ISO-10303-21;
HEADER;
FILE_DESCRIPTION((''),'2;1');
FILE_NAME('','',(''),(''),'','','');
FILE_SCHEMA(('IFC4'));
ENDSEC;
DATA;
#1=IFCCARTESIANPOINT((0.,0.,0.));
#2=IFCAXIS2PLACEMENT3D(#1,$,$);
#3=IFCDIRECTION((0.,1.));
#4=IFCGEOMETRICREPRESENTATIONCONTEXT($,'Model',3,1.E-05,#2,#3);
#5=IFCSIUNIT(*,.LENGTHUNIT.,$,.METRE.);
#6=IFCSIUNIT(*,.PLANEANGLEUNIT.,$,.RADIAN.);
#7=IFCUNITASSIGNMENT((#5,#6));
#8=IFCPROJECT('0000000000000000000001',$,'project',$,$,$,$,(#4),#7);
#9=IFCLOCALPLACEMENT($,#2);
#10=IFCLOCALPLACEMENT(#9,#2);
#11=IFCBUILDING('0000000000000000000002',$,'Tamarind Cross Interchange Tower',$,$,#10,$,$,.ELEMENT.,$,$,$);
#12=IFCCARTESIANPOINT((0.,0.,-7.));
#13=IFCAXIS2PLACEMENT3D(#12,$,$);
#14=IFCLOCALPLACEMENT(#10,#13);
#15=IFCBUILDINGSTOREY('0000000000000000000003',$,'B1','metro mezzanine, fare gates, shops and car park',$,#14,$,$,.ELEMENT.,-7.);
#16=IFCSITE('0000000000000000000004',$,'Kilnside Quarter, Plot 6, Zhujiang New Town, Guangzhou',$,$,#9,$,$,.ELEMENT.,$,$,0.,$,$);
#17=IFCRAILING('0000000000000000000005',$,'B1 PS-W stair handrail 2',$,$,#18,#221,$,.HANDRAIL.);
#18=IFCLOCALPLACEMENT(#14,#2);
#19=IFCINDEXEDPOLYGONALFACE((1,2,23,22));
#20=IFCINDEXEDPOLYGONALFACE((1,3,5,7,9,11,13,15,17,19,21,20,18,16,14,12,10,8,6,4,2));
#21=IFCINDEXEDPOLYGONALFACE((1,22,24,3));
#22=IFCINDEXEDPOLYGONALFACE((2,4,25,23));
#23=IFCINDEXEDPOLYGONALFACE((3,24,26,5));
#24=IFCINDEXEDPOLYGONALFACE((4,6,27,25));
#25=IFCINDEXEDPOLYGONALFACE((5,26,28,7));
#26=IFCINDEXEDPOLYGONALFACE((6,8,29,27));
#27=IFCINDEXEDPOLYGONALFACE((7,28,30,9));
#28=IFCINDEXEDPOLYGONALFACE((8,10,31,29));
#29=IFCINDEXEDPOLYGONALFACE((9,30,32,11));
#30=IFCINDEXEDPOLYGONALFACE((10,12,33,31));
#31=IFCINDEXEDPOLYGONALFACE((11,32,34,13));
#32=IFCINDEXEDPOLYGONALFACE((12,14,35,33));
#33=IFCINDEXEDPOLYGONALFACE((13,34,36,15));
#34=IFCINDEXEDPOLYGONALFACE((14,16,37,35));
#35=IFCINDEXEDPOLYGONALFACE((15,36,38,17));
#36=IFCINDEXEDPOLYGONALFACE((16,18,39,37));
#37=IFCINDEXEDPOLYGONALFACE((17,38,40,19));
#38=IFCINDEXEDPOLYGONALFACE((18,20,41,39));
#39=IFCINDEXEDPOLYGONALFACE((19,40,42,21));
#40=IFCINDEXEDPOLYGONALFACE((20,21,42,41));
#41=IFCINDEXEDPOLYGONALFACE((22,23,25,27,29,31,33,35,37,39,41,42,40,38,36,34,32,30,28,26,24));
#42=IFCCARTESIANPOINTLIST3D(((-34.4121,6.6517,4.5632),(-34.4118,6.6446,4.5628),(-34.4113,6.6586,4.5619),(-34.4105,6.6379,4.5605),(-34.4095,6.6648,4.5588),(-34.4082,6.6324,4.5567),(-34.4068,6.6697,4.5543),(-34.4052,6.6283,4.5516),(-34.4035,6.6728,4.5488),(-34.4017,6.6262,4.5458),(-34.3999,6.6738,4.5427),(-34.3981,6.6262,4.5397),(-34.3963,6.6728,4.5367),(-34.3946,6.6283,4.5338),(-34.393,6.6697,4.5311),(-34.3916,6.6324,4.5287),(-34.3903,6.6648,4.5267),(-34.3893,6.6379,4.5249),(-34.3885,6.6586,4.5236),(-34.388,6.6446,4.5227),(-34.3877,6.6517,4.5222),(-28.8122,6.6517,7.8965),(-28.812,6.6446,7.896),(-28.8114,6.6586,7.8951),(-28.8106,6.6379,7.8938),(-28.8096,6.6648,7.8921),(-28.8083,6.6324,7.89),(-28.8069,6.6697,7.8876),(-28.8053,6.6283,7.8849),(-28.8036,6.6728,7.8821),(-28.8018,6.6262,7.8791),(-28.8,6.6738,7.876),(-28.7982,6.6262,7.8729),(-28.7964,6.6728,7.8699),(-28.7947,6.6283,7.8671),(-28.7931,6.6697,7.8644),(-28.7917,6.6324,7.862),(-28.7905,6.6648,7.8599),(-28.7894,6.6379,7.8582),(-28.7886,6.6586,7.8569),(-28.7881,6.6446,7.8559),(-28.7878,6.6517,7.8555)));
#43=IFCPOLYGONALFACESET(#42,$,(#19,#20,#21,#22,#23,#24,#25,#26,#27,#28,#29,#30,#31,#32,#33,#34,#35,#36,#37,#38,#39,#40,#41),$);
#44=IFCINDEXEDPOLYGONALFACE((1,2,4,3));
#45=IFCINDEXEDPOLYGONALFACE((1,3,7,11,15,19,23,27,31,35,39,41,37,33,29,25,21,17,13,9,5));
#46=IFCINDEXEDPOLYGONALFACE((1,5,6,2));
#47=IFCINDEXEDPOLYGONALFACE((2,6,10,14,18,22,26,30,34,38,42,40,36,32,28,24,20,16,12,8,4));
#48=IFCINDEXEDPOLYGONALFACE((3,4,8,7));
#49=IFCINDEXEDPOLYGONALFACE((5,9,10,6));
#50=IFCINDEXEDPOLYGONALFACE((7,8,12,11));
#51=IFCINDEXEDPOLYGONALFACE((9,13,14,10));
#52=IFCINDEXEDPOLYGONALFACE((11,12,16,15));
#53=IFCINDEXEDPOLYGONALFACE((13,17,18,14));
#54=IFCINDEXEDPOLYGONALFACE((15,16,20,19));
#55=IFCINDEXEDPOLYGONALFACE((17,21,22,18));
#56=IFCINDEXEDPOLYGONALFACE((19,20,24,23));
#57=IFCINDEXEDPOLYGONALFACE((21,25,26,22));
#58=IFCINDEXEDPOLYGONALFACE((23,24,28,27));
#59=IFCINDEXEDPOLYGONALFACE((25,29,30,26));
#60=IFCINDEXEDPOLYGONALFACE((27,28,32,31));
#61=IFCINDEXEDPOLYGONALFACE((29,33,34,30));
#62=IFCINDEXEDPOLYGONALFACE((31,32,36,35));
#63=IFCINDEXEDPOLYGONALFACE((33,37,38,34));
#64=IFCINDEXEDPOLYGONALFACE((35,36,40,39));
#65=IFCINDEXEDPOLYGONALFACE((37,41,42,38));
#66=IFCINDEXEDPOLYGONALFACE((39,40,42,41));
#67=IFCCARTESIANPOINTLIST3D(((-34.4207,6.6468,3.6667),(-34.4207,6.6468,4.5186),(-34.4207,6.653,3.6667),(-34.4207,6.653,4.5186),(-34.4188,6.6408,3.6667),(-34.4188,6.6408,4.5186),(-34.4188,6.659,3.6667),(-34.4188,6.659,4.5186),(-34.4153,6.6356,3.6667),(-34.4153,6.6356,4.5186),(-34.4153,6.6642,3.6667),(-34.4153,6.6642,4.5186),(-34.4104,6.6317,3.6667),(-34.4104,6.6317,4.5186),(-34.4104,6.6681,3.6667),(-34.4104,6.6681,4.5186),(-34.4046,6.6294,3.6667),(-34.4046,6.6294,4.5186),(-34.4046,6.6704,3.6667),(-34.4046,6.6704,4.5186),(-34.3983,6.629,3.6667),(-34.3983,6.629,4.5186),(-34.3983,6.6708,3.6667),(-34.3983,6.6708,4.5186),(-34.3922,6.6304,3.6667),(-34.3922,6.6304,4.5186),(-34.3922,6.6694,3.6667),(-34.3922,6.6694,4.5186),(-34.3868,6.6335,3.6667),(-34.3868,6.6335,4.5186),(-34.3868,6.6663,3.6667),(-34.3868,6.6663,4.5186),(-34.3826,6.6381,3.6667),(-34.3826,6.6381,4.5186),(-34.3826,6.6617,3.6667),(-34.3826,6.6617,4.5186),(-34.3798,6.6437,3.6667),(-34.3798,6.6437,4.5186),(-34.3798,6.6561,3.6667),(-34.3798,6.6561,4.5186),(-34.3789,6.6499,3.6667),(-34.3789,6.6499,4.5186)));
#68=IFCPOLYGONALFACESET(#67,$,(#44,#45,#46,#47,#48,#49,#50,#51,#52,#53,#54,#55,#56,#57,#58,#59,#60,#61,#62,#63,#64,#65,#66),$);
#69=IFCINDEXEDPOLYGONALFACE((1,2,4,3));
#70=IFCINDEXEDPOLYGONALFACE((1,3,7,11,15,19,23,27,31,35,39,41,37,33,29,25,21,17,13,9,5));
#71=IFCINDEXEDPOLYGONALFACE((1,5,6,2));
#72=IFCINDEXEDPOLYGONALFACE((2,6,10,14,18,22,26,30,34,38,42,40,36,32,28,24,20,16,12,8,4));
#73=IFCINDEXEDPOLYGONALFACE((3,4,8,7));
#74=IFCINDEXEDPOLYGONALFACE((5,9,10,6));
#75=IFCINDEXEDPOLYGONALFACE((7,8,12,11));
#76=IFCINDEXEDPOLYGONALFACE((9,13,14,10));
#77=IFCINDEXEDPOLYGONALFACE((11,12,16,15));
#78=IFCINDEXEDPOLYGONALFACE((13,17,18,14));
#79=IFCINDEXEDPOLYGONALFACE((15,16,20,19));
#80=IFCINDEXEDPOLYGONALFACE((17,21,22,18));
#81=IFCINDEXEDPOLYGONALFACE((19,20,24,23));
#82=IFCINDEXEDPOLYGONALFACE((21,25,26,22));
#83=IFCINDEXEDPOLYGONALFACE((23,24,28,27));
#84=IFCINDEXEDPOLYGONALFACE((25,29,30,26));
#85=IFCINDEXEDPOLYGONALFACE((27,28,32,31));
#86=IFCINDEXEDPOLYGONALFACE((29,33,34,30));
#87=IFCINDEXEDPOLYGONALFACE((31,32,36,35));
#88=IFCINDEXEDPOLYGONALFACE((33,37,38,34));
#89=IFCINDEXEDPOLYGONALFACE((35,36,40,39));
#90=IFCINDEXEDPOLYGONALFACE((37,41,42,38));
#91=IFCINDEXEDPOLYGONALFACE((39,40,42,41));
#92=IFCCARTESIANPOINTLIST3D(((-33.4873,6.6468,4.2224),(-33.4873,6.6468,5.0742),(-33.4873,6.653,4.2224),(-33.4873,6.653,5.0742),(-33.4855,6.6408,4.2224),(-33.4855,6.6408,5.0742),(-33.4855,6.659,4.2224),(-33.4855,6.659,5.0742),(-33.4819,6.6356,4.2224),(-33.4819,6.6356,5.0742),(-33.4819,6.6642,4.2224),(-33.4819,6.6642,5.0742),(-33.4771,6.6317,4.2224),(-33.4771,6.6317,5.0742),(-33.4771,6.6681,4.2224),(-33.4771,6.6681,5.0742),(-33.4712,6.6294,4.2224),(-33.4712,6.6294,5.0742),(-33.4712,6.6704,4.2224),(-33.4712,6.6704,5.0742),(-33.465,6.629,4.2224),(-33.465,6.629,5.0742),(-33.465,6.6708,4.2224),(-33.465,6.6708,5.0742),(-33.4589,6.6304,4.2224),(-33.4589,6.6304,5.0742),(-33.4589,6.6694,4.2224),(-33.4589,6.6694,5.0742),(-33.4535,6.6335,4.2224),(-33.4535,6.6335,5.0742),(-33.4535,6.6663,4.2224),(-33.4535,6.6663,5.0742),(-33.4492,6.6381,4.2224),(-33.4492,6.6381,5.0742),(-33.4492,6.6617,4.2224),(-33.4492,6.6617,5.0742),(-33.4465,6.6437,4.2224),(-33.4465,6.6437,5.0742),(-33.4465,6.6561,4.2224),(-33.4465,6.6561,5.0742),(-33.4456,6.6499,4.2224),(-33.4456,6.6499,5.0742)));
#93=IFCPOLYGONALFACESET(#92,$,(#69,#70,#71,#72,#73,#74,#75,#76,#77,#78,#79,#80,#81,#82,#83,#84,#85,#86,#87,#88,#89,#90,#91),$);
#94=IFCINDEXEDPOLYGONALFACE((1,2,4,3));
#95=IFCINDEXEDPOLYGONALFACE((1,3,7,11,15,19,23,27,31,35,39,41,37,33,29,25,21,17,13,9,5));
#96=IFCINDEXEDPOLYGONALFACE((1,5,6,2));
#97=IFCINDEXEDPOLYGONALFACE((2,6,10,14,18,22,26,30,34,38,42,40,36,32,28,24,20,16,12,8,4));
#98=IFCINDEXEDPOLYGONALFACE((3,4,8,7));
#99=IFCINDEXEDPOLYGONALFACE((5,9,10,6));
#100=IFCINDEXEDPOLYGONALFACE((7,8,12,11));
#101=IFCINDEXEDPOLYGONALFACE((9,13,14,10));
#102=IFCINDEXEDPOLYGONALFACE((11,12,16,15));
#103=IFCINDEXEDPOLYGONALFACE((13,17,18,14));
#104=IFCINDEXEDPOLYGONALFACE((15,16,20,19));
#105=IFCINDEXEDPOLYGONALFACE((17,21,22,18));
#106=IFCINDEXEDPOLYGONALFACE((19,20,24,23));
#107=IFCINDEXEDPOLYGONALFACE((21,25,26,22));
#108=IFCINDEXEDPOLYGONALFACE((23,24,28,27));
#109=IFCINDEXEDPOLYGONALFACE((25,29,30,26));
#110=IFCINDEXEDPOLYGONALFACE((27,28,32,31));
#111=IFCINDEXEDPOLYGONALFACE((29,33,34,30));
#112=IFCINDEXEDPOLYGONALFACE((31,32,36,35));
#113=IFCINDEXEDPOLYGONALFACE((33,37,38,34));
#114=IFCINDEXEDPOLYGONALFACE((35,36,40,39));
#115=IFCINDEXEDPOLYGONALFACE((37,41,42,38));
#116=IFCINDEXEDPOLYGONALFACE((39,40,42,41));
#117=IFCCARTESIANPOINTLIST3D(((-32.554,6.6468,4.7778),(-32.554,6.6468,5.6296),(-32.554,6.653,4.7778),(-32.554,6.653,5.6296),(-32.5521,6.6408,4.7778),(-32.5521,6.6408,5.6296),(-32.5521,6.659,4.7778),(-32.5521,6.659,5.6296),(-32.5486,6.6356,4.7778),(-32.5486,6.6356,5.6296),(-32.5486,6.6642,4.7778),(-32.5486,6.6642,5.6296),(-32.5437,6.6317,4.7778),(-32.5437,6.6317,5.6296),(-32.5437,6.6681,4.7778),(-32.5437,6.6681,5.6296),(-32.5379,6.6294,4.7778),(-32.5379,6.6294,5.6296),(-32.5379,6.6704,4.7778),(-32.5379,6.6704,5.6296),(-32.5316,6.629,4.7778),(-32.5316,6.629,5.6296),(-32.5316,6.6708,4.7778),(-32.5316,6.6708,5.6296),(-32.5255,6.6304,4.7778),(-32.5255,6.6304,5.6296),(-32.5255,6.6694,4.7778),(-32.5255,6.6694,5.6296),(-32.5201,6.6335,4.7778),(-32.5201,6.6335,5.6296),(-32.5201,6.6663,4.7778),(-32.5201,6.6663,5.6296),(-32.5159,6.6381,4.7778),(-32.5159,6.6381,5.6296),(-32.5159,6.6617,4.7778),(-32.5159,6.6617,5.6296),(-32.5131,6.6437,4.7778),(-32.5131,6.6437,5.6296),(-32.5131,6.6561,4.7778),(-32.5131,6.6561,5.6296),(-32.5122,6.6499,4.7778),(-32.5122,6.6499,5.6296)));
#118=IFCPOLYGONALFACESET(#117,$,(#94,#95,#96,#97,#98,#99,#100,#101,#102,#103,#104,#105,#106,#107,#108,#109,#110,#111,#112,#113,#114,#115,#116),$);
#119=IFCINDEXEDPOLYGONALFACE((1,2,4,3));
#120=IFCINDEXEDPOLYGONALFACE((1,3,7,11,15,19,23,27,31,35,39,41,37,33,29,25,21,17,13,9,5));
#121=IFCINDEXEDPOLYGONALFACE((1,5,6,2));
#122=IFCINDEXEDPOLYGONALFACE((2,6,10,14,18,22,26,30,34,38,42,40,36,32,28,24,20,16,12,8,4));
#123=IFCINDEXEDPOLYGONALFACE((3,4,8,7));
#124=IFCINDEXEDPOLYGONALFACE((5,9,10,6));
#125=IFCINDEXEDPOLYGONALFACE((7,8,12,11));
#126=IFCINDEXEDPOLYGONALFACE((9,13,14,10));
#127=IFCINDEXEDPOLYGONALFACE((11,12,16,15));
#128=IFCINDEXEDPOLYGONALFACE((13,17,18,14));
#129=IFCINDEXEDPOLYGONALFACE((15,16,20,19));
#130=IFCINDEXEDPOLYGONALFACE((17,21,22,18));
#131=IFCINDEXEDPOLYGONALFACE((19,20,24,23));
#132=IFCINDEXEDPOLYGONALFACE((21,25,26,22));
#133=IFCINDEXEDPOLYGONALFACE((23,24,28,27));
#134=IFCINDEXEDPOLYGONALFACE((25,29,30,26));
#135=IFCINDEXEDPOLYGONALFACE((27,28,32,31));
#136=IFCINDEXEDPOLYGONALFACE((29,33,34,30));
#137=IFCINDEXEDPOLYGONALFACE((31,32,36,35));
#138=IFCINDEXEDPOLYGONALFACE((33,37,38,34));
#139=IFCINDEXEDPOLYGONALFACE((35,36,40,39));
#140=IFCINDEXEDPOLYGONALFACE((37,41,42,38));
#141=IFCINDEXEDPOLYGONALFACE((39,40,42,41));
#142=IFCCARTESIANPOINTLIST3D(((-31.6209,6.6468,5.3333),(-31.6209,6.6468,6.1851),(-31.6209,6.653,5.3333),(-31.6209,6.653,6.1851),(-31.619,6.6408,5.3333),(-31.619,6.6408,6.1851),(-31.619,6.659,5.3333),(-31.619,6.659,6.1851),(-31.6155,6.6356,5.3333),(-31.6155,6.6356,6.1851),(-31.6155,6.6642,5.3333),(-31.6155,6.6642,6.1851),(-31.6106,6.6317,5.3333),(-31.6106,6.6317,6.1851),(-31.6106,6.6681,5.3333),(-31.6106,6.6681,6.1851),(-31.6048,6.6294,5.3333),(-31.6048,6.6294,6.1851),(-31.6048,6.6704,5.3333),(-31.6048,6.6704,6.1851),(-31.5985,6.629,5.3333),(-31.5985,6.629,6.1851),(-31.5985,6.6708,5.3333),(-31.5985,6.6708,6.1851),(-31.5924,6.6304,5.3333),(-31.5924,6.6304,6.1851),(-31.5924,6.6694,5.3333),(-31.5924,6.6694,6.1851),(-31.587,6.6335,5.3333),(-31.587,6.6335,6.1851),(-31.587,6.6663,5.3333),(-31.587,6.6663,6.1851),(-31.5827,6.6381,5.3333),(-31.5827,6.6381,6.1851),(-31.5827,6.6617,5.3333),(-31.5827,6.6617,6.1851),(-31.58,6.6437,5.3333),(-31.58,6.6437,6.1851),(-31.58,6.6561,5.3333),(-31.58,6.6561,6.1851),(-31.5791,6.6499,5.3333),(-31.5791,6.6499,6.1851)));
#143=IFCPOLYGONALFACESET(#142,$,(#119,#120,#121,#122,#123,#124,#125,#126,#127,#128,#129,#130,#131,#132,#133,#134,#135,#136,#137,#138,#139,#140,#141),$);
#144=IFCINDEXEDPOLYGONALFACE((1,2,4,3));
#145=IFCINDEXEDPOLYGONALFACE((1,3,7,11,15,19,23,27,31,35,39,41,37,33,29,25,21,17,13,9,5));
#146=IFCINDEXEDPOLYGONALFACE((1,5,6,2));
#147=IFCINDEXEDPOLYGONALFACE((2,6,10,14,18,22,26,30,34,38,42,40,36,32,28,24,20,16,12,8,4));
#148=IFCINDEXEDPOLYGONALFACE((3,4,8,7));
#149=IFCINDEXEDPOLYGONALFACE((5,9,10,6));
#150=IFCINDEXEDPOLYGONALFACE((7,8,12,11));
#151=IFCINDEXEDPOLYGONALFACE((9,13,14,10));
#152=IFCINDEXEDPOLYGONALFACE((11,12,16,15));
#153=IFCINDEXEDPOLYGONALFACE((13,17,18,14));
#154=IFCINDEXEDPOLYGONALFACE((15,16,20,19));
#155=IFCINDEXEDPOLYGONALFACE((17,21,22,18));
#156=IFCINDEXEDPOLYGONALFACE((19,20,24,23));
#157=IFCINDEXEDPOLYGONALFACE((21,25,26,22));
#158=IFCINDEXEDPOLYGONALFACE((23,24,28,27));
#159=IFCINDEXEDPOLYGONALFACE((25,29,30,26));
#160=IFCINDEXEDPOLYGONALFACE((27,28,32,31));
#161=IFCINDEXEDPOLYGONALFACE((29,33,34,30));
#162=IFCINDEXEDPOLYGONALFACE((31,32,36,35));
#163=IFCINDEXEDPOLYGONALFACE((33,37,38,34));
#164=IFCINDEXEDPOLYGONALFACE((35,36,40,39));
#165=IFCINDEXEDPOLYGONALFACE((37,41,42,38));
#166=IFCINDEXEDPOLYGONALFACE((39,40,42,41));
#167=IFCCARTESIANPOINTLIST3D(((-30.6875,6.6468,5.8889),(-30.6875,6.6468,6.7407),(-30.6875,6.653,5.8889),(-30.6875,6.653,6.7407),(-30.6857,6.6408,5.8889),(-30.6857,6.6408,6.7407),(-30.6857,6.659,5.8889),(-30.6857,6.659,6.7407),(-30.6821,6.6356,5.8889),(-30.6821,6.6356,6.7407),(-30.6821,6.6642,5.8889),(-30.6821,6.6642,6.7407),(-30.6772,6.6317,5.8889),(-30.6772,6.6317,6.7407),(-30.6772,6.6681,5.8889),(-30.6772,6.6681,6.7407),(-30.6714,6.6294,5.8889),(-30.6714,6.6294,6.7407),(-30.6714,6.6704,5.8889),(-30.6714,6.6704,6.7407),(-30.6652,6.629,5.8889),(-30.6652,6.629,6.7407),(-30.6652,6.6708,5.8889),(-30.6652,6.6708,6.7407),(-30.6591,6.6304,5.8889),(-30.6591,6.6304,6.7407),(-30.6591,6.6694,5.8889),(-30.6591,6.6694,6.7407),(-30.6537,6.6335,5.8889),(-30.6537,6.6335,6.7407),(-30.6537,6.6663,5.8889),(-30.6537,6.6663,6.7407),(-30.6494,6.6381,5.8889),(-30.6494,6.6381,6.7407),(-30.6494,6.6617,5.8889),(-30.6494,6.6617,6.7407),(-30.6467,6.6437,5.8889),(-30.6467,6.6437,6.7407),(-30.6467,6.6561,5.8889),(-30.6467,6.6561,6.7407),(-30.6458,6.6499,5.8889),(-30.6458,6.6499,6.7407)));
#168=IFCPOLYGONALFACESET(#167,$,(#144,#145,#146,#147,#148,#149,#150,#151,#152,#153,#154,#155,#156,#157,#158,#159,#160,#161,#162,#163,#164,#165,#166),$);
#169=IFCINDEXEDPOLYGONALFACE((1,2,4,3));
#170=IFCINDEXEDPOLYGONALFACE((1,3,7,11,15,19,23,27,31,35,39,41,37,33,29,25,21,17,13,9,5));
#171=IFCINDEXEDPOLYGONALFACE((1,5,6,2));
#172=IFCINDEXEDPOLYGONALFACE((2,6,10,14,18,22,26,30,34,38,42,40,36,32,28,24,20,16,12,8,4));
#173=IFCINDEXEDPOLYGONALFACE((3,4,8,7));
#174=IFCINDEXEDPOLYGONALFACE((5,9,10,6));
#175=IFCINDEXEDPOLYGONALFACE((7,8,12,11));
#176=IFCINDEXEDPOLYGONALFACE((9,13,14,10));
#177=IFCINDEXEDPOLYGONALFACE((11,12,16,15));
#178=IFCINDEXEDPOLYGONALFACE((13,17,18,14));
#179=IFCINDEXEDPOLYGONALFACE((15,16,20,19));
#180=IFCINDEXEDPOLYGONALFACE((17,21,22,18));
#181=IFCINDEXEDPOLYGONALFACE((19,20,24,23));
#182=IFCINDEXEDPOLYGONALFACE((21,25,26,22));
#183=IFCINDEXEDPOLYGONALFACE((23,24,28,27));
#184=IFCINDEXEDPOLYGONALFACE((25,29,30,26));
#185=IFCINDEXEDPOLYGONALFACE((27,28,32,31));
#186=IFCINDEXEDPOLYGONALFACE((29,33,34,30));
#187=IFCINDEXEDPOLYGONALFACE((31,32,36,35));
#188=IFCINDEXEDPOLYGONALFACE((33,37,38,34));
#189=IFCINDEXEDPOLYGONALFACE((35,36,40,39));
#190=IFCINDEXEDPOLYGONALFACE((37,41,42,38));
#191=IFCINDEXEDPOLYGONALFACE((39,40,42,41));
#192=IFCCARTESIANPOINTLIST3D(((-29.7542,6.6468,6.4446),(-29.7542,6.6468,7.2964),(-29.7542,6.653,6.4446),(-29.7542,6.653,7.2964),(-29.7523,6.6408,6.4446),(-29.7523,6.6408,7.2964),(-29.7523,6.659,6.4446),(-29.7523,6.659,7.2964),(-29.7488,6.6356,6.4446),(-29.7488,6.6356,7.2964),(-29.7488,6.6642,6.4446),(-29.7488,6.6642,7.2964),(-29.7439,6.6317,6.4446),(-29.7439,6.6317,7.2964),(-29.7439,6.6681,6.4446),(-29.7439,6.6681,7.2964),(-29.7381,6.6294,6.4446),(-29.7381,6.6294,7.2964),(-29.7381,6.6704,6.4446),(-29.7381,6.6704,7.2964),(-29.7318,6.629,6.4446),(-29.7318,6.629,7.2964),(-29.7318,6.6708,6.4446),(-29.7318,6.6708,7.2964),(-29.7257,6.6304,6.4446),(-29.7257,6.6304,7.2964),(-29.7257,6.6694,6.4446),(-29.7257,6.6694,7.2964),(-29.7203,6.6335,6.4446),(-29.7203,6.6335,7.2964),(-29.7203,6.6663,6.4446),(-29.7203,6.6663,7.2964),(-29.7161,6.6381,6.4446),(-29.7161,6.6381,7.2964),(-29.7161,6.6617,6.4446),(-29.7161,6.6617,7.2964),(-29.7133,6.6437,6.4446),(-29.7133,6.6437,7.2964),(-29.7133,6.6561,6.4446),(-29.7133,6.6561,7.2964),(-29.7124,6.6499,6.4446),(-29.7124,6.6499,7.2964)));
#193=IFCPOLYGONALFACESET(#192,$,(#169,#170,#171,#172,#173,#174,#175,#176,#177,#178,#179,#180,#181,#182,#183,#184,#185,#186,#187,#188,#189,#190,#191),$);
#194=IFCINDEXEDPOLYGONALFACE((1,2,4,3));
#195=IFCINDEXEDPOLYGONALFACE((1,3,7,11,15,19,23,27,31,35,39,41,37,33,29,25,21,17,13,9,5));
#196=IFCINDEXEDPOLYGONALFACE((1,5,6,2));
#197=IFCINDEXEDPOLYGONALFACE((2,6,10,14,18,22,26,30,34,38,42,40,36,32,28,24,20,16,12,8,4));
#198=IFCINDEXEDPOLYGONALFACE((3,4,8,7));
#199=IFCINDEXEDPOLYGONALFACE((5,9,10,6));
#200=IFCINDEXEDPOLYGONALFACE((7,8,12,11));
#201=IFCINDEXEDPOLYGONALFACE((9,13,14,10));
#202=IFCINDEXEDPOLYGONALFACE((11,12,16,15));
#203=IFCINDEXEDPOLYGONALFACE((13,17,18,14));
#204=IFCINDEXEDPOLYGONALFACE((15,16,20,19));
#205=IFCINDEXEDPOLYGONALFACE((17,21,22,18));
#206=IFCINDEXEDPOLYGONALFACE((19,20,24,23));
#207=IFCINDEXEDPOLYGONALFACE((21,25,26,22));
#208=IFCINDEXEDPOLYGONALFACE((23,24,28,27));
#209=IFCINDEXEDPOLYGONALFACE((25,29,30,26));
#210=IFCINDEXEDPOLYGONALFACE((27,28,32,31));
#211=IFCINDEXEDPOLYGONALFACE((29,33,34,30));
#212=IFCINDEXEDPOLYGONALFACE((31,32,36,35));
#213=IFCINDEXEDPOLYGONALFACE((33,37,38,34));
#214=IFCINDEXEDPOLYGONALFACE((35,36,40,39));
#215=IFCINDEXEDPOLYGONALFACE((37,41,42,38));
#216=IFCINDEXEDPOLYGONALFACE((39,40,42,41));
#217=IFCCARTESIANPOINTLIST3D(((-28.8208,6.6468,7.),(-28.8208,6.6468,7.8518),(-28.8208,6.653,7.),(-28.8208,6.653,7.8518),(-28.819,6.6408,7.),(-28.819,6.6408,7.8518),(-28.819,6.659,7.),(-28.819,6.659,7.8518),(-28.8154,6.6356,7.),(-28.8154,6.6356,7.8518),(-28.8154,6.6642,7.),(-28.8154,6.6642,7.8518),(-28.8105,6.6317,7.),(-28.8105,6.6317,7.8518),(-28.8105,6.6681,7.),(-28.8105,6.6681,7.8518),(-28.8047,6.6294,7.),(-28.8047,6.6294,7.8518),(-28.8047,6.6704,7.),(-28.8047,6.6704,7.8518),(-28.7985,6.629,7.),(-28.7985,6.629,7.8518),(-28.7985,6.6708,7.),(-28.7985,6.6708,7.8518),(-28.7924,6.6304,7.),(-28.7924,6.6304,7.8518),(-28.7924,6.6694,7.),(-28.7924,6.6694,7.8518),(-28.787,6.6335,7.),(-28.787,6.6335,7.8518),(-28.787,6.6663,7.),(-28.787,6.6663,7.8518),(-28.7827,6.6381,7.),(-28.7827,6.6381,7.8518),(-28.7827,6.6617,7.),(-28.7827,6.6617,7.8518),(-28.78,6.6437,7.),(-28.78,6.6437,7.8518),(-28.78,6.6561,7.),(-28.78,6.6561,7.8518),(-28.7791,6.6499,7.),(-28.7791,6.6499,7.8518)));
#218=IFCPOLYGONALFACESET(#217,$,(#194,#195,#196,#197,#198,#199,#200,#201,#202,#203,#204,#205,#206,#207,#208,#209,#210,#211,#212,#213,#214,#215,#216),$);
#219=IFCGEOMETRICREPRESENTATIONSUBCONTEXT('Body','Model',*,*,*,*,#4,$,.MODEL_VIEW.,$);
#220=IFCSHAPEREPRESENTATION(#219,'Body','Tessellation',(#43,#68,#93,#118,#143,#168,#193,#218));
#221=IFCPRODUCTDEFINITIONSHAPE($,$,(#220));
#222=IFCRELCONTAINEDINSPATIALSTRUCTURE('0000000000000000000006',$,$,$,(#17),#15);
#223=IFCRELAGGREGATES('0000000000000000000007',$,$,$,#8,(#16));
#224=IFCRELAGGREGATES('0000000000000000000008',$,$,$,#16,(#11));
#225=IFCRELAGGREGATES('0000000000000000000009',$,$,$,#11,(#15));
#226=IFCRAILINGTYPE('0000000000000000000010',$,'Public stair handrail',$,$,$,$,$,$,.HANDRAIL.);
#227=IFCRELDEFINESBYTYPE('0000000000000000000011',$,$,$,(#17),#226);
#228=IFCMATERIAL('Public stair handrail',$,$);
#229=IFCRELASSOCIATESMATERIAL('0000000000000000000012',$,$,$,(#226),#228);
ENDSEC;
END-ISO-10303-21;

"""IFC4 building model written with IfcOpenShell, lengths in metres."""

from ifc_helpers import new_model, si_unit, direction, frame, origin, origin_2d, place, context, subcontext, project, spatial, circle, extrude, material, type_object, element, save


model = new_model("IFC4")

# Units and contexts
model_context = context("Model", 3, precision=1e-05, world=origin(), true_north=direction((0.0, 1.0)))
body_context = subcontext(model_context, "Body", "Model", "MODEL_VIEW")
ifc_project = project(units=[si_unit("LENGTHUNIT", "METRE"), si_unit("PLANEANGLEUNIT", "RADIAN")], contexts=[model_context])

# Site, building, storey
site_placement = place(None, origin())
site = spatial("IfcSite", under=ifc_project, at=site_placement, Name="Kilnside Quarter, Plot 6, Zhujiang New Town, Guangzhou", CompositionType="ELEMENT", RefElevation=0.0)
building_placement = place(site_placement, origin())
building = spatial("IfcBuilding", under=site, at=building_placement, Name="Tamarind Cross Interchange Tower", CompositionType="ELEMENT")
storey_placement = place(building_placement, frame((0.0, 0.0, -7.0)))
storey = spatial("IfcBuildingStorey", under=building, at=storey_placement, Name="B1", Description="metro mezzanine, fare gates, shops and car park", CompositionType="ELEMENT", Elevation=-7.0)

# Railing
ifc_material_1 = material(Name="Public stair handrail")
railing_type_1 = type_object("IfcRailingType", Name="Public stair handrail", PredefinedType="HANDRAIL", material=ifc_material_1)
railing_1_placement = place(storey_placement, frame((-34.3999, 6.6499, 3.6667)))
element("IfcRailing", 1, at=railing_1_placement, inside=storey, type_object=railing_type_1, Name="B1 PS-W stair handrail 2", PredefinedType="HANDRAIL", context=body_context, shape_type="SweptSolid", body=[
    extrude(circle(Radius=0.0239, at=origin_2d()), frame((0.0, 0.0, 0.876), z_axis=(0.859292, 0.0, 0.511485), x_axis=(0.0, 1.0, 0.0)), (0.0, 0.0, 1.0), 6.5168),
    extrude(circle(Radius=0.021, at=origin_2d()), origin(), (0.0, 0.0, 1.0), 0.8518),
    extrude(circle(Radius=0.021, at=origin_2d()), frame((0.9333, 0.0, 0.5557)), (0.0, 0.0, 1.0), 0.8518),
    extrude(circle(Radius=0.021, at=origin_2d()), frame((1.8667, 0.0, 1.1111)), (0.0, 0.0, 1.0), 0.8518),
    extrude(circle(Radius=0.021, at=origin_2d()), frame((2.7998, 0.0, 1.6665)), (0.0, 0.0, 1.0), 0.8518),
    extrude(circle(Radius=0.021, at=origin_2d()), frame((3.7332, 0.0, 2.2222)), (0.0, 0.0, 1.0), 0.8518),
    extrude(circle(Radius=0.021, at=origin_2d()), frame((4.6665, 0.0, 2.7778)), (0.0, 0.0, 1.0), 0.8518),
    extrude(circle(Radius=0.021, at=origin_2d()), frame((5.5999, 0.0, 3.3333)), (0.0, 0.0, 1.0), 0.8518),
])

save(model, "model.ifc")
